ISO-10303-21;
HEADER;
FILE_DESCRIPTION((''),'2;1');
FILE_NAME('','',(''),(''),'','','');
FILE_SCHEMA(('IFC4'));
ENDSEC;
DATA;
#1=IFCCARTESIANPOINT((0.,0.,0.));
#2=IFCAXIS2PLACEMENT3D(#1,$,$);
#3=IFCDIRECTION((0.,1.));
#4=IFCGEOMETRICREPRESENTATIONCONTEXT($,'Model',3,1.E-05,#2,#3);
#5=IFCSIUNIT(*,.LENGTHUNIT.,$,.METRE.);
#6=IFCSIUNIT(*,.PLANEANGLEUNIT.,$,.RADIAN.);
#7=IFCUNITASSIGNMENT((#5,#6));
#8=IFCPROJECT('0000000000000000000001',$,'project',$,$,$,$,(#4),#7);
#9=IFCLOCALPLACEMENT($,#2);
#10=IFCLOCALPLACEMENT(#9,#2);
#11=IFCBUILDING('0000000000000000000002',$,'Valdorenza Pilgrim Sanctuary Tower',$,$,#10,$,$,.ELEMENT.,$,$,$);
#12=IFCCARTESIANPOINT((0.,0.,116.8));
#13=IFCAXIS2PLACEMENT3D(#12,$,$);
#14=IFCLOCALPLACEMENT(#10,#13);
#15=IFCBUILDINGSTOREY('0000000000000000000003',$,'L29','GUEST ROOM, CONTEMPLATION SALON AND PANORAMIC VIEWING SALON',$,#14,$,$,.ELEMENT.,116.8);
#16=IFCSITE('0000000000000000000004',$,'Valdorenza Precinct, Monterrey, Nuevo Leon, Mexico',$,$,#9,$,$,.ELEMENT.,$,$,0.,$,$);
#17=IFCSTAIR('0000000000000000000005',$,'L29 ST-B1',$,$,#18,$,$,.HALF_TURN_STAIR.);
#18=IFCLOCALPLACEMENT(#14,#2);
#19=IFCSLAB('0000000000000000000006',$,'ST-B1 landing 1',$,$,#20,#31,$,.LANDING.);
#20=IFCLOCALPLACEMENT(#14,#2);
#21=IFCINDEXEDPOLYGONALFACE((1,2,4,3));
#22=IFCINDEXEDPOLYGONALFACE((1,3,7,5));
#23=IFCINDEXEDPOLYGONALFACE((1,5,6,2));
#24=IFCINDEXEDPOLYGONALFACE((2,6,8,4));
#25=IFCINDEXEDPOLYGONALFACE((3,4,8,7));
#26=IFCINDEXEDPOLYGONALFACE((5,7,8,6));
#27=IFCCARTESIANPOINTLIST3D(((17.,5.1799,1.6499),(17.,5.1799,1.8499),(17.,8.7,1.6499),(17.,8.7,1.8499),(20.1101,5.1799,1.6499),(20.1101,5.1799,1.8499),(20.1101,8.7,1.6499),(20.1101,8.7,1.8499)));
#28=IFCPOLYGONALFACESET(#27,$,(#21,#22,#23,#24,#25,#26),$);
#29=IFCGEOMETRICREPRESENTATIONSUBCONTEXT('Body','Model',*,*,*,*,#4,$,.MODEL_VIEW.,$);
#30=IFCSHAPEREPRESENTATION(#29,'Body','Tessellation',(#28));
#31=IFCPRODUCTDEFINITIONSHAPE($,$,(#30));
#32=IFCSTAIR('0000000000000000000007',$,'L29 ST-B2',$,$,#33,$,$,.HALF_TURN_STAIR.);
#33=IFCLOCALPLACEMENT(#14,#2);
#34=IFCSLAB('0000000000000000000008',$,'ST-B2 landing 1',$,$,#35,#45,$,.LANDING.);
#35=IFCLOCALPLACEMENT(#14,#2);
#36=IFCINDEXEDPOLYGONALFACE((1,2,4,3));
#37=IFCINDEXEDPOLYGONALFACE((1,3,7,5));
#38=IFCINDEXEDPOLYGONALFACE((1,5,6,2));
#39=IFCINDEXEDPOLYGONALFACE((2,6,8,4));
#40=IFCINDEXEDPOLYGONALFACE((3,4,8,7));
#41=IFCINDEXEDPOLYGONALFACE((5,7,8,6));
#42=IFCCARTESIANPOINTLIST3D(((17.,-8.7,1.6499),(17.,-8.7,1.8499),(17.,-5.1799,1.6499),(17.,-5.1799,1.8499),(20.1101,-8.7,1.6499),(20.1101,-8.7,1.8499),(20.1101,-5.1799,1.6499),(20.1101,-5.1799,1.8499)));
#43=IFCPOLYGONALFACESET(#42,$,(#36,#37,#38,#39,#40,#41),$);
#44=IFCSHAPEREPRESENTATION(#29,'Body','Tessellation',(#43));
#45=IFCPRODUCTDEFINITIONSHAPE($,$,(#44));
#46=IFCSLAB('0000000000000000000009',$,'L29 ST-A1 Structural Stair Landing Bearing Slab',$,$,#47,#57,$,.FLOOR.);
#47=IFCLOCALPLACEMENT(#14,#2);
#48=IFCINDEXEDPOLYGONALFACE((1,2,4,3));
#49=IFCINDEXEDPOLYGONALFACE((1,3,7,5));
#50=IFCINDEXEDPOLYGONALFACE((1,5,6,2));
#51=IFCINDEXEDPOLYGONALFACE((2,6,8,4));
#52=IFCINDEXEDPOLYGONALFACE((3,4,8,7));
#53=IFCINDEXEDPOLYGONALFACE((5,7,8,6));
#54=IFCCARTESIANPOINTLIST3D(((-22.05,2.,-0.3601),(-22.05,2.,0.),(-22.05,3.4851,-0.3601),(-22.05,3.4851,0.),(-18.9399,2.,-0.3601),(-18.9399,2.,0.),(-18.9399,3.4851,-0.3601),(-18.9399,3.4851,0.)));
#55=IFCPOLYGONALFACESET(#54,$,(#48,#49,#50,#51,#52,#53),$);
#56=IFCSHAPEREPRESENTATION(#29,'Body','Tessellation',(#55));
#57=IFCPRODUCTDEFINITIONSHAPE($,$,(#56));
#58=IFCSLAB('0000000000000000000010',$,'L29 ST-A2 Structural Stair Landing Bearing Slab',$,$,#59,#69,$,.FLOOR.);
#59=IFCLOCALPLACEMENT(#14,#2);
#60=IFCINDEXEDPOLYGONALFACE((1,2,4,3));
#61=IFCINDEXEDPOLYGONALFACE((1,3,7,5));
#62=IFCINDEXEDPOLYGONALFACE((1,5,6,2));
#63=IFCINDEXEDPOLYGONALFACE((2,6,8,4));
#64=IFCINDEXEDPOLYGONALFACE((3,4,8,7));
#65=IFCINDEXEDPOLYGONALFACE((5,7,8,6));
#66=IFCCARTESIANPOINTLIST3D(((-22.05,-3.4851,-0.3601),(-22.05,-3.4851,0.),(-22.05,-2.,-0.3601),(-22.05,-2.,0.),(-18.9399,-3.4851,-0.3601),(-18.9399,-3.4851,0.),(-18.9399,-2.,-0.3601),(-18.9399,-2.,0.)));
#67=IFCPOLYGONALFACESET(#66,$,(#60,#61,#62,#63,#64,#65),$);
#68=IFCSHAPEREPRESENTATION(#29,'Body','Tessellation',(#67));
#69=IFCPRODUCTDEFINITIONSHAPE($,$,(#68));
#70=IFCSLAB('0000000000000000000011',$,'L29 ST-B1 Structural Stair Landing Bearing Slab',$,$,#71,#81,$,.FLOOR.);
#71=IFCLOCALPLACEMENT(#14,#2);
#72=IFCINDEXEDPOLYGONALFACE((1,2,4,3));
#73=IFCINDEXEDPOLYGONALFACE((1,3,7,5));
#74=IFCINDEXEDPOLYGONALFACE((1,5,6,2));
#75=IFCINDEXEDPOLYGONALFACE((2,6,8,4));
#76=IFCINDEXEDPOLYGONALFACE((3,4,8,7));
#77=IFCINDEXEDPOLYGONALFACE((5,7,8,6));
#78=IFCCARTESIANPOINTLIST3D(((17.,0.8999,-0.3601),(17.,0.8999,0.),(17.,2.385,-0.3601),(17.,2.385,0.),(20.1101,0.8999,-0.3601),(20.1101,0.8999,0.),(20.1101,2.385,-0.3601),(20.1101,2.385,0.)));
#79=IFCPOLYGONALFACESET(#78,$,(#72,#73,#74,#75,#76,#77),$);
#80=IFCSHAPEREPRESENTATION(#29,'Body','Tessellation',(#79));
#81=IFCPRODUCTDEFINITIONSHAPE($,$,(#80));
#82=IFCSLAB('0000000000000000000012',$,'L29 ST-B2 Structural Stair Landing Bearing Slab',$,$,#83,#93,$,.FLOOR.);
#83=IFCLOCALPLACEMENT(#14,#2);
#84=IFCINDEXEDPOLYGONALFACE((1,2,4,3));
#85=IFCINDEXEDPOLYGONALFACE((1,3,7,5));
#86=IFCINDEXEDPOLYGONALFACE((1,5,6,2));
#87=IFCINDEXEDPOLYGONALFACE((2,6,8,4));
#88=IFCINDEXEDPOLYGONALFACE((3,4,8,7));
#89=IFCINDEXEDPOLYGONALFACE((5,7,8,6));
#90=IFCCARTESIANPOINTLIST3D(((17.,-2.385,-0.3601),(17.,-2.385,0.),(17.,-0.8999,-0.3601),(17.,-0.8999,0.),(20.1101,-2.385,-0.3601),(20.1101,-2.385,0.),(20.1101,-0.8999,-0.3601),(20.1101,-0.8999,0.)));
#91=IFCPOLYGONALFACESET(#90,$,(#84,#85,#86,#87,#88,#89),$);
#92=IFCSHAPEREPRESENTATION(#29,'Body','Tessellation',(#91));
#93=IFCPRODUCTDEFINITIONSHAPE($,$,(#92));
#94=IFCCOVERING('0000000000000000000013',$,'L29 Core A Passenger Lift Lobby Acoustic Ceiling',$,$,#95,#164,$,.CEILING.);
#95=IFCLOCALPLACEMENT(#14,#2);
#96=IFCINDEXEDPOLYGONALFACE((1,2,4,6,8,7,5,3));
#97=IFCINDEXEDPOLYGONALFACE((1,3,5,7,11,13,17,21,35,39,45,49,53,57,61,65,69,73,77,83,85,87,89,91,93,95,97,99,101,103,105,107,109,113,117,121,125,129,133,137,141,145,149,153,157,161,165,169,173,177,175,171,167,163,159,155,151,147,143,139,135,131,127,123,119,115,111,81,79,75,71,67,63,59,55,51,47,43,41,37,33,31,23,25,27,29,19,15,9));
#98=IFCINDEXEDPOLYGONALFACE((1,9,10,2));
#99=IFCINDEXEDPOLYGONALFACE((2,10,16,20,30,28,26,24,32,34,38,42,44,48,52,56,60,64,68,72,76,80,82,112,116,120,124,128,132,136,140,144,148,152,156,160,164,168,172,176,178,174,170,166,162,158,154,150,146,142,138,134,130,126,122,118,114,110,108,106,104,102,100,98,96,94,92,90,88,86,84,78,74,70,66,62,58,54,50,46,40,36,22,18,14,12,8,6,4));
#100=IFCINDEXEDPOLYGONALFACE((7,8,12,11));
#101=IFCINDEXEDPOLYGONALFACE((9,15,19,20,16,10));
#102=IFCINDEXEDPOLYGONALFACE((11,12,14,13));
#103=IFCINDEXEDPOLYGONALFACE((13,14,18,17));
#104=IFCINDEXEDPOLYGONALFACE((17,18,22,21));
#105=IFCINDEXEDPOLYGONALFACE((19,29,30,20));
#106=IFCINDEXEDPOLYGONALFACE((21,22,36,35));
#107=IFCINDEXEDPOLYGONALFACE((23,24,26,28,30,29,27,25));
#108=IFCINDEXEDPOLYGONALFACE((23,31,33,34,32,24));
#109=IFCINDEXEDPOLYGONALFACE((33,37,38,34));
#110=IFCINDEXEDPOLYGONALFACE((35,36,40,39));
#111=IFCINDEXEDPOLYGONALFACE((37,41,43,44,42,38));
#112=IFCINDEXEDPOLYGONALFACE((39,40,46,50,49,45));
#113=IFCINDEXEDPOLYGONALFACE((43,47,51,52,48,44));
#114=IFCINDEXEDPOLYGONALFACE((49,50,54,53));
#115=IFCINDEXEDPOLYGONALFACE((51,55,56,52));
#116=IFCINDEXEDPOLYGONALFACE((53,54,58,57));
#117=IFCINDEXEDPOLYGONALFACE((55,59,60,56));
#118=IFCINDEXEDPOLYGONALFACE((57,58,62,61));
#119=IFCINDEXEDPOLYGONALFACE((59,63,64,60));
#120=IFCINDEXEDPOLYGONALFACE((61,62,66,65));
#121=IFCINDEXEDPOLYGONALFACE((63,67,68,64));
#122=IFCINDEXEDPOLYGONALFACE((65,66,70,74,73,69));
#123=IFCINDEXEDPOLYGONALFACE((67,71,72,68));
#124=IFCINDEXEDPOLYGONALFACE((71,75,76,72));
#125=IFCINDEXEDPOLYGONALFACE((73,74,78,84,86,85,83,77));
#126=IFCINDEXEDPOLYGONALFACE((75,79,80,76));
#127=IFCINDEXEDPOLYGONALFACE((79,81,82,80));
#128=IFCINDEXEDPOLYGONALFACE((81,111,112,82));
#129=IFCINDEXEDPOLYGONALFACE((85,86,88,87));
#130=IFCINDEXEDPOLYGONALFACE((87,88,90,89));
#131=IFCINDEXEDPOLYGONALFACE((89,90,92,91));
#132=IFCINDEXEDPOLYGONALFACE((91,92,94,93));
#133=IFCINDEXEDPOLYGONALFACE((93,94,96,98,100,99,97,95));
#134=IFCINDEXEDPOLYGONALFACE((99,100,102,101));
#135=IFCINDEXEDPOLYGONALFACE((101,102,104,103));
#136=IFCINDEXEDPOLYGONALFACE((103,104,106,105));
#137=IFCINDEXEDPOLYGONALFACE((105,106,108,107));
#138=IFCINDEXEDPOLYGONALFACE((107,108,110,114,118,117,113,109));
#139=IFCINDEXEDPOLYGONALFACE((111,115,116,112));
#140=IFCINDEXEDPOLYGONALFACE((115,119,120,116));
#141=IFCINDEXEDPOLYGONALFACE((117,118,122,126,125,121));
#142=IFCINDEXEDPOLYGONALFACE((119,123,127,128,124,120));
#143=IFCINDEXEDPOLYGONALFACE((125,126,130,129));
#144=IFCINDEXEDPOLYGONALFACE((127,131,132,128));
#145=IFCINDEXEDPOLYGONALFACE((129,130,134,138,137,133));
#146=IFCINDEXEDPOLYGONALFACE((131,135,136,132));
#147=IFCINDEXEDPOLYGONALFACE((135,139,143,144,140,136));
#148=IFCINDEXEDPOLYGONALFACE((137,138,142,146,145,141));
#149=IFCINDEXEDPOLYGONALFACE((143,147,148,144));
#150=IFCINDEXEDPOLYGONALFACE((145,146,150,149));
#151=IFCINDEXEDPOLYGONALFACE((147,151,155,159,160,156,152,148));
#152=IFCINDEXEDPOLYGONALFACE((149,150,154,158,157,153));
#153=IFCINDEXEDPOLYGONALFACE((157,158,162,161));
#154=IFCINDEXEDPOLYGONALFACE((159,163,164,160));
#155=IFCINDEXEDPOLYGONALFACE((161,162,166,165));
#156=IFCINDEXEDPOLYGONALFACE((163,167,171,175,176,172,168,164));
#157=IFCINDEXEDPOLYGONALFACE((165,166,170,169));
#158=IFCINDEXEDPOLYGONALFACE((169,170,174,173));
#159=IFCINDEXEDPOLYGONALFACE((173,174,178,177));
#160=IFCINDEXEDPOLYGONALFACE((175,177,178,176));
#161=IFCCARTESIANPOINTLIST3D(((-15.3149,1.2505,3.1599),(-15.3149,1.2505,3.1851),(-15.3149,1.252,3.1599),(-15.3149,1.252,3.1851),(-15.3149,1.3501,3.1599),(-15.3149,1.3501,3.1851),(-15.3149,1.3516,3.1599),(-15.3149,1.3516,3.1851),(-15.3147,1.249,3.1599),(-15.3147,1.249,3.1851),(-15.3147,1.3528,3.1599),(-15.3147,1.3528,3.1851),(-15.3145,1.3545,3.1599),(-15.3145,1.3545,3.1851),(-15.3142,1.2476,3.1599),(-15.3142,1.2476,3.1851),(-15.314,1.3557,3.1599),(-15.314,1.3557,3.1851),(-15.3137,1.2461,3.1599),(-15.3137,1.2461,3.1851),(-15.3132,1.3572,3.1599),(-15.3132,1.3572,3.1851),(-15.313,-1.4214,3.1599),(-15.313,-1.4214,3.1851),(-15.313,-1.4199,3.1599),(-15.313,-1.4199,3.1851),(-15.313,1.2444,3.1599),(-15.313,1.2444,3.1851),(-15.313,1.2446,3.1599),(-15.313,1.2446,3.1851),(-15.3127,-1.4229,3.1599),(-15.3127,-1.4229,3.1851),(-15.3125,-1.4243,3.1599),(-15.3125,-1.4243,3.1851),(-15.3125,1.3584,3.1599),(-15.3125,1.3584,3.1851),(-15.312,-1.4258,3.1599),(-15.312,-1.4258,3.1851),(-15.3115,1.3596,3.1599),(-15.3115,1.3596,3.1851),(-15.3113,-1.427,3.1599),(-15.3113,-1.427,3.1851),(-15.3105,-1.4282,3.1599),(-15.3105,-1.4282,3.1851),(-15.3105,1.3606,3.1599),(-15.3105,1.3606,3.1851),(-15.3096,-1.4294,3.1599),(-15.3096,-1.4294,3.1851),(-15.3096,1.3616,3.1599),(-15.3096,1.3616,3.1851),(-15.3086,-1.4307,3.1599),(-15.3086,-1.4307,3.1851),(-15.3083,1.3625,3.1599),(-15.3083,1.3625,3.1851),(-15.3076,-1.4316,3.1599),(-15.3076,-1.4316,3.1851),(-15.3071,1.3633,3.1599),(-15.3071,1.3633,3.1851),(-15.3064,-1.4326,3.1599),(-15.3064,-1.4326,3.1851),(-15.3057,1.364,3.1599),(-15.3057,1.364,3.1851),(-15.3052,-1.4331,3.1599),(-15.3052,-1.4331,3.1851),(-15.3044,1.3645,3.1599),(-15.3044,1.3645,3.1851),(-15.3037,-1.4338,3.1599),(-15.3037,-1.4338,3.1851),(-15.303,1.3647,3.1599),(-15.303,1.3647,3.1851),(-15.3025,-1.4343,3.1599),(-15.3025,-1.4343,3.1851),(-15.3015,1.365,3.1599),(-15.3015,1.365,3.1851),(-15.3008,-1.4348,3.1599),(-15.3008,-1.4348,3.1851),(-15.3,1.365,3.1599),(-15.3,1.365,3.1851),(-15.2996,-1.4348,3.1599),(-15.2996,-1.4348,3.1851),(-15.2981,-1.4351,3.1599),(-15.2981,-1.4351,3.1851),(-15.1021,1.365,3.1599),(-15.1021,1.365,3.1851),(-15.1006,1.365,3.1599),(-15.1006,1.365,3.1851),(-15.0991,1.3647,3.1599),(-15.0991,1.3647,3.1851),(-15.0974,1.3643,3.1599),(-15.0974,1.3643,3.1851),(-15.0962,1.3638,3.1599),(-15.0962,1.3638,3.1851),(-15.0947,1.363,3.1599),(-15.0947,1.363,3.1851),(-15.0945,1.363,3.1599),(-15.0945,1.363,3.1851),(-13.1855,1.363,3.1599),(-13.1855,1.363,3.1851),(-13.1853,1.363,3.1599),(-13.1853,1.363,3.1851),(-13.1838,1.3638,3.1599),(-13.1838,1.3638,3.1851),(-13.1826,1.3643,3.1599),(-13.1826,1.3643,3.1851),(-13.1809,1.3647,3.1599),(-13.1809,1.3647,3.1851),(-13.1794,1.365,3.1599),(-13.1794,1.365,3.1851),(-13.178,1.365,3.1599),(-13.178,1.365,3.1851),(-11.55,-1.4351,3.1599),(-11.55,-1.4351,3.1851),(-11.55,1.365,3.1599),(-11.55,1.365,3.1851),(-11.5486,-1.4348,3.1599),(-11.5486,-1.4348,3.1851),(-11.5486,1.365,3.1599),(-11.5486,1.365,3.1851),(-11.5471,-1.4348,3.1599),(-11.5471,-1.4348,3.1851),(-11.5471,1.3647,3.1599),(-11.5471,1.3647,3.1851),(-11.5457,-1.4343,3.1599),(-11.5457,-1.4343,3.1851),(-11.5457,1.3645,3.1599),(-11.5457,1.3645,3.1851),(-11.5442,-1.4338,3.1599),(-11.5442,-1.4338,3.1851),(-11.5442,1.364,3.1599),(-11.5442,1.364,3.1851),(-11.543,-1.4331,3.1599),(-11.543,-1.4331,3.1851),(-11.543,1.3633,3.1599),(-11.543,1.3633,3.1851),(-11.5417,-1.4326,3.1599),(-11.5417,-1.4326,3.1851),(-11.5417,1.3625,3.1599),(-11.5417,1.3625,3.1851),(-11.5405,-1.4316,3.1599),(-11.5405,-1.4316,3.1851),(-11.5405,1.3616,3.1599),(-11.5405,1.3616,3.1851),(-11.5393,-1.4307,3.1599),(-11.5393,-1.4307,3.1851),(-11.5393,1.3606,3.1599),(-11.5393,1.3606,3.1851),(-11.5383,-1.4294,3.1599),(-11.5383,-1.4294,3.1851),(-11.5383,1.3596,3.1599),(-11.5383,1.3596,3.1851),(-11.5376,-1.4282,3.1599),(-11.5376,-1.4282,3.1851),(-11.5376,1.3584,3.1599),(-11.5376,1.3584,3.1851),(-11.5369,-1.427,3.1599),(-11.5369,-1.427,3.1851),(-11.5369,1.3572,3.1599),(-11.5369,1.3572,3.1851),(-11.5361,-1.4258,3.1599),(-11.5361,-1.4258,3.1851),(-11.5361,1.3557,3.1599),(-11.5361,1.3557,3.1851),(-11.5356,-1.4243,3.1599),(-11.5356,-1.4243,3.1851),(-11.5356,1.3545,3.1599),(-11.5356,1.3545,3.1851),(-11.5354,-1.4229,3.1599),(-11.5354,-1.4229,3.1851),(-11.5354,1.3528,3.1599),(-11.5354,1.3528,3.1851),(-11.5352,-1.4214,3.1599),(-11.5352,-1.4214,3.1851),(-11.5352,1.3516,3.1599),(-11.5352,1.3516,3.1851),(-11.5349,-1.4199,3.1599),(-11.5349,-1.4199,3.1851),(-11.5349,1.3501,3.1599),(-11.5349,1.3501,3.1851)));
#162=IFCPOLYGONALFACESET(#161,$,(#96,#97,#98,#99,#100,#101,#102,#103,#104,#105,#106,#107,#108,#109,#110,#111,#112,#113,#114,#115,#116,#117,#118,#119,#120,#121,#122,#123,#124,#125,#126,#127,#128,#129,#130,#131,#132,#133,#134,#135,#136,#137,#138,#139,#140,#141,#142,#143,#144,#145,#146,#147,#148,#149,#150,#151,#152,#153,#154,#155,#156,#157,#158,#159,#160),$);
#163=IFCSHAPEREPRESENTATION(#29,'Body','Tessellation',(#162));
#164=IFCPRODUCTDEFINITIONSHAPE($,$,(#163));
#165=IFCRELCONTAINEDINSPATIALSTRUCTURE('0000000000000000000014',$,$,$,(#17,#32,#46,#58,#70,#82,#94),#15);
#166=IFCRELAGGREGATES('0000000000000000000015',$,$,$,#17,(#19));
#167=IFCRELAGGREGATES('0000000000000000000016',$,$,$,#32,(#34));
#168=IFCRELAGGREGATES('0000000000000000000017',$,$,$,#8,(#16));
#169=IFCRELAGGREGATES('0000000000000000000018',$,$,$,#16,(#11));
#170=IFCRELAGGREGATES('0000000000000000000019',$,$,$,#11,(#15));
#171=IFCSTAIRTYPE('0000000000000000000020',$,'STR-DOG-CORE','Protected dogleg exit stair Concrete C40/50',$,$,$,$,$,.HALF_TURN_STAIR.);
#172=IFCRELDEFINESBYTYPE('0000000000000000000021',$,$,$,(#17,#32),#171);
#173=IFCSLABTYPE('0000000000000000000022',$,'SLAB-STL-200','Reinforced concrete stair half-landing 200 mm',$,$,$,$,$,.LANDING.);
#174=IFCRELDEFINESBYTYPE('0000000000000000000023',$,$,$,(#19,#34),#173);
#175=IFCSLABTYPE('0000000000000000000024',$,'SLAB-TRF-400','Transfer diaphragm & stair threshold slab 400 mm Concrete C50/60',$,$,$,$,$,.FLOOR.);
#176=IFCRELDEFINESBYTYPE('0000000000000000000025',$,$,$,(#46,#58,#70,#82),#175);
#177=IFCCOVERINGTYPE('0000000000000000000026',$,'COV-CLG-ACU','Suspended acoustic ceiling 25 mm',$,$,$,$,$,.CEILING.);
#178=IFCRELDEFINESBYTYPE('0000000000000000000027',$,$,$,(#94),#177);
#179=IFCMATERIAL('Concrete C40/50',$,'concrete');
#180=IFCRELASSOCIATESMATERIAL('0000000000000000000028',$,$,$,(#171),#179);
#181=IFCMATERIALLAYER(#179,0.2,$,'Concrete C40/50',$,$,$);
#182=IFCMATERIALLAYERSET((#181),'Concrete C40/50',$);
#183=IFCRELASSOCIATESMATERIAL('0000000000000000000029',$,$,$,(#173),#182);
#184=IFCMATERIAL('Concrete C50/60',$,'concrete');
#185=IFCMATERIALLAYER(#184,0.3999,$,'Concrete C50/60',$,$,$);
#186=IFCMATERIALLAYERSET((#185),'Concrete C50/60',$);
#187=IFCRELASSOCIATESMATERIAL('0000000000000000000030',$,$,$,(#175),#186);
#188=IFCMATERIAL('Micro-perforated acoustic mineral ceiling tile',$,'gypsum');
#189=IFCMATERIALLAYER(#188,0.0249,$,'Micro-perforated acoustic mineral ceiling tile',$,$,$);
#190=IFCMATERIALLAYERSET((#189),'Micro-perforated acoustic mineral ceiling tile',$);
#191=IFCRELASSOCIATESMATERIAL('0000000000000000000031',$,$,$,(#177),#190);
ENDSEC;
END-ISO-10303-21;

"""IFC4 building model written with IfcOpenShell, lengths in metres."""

from ifc_helpers import new_model, si_unit, direction, frame, origin, place, context, subcontext, project, spatial, polyline, outline, extrude, material, layer, layer_set, type_object, element, aggregate, save


model = new_model("IFC4")

# Units and contexts
model_context = context("Model", 3, precision=1e-05, world=origin(), true_north=direction((0.0, 1.0)))
body_context = subcontext(model_context, "Body", "Model", "MODEL_VIEW")
ifc_project = project(units=[si_unit("LENGTHUNIT", "METRE"), si_unit("PLANEANGLEUNIT", "RADIAN")], contexts=[model_context])

# Site, building, storey
site_placement = place(None, origin())
site = spatial("IfcSite", under=ifc_project, at=site_placement, Name="Valdorenza Precinct, Monterrey, Nuevo Leon, Mexico", CompositionType="ELEMENT", RefElevation=0.0)
building_placement = place(site_placement, origin())
building = spatial("IfcBuilding", under=site, at=building_placement, Name="Valdorenza Pilgrim Sanctuary Tower", CompositionType="ELEMENT")
storey_placement = place(building_placement, frame((0.0, 0.0, 116.8)))
storey = spatial("IfcBuildingStorey", under=building, at=storey_placement, Name="L29", Description="GUEST ROOM, CONTEMPLATION SALON AND PANORAMIC VIEWING SALON", CompositionType="ELEMENT", Elevation=116.8)

# Shared definitions
ifc_material_1 = material(Name="Concrete C40/50", Category="concrete")

# Stairs, slabs
stair_type = type_object("IfcStairType", Name="STR-DOG-CORE", Description="Protected dogleg exit stair Concrete C40/50", PredefinedType="HALF_TURN_STAIR", material=ifc_material_1)
ifc_layer_1 = layer(ifc_material_1, 0.2, Name="Concrete C40/50")
ifc_layer_set_1 = layer_set([ifc_layer_1], Name="Concrete C40/50")
slab_type_1 = type_object("IfcSlabType", Name="SLAB-STL-200", Description="Reinforced concrete stair half-landing 200 mm", PredefinedType="LANDING", material=ifc_layer_set_1)
stair_1_placement = place(storey_placement, origin())
stair_1 = element("IfcStair", 1, at=stair_1_placement, inside=storey, type_object=stair_type, Name="L29 ST-B1", PredefinedType="HALF_TURN_STAIR")
slab_1_placement = place(storey_placement, frame((0.0, 0.0, 1.6499)))
slab_1 = element("IfcSlab", 2, at=slab_1_placement, type_object=slab_type_1, Name="ST-B1 landing 1", PredefinedType="LANDING", context=body_context, shape_type="SweptSolid", body=[
    extrude(outline(polyline([(20.1101, 5.1799), (20.1101, 8.7), (17.0, 8.7), (17.0, 5.1799), (20.1101, 5.1799)])), origin(), (0.0, 0.0, 1.0), 0.2),
])
aggregate(stair_1, [slab_1])
stair_2_placement = place(storey_placement, origin())
stair_2 = element("IfcStair", 3, at=stair_2_placement, inside=storey, type_object=stair_type, Name="L29 ST-B2", PredefinedType="HALF_TURN_STAIR")
slab_2_placement = place(storey_placement, frame((0.0, 0.0, 1.6499)))
slab_2 = element("IfcSlab", 4, at=slab_2_placement, type_object=slab_type_1, Name="ST-B2 landing 1", PredefinedType="LANDING", context=body_context, shape_type="SweptSolid", body=[
    extrude(outline(polyline([(17.0, -5.1799), (17.0, -8.7), (20.1101, -8.7), (20.1101, -5.1799), (17.0, -5.1799)])), origin(), (0.0, 0.0, 1.0), 0.2),
])
aggregate(stair_2, [slab_2])

# Slabs
ifc_material_2 = material(Name="Concrete C50/60", Category="concrete")
ifc_layer_2 = layer(ifc_material_2, 0.3999, Name="Concrete C50/60")
ifc_layer_set_2 = layer_set([ifc_layer_2], Name="Concrete C50/60")
slab_type_2 = type_object("IfcSlabType", Name="SLAB-TRF-400", Description="Transfer diaphragm & stair threshold slab 400 mm Concrete C50/60", PredefinedType="FLOOR", material=ifc_layer_set_2)
slab_3_placement = place(storey_placement, frame((0.0, 0.0, -0.3601)))
element("IfcSlab", 5, at=slab_3_placement, inside=storey, type_object=slab_type_2, Name="L29 ST-A1 Structural Stair Landing Bearing Slab", PredefinedType="FLOOR", context=body_context, shape_type="SweptSolid", body=[
    extrude(outline(polyline([(-22.05, 2.0), (-18.9399, 2.0), (-18.9399, 3.4851), (-22.05, 3.4851), (-22.05, 2.0)])), origin(), (0.0, 0.0, 1.0), 0.3601),
])
slab_4_placement = place(storey_placement, frame((0.0, 0.0, -0.3601)))
element("IfcSlab", 6, at=slab_4_placement, inside=storey, type_object=slab_type_2, Name="L29 ST-A2 Structural Stair Landing Bearing Slab", PredefinedType="FLOOR", context=body_context, shape_type="SweptSolid", body=[
    extrude(outline(polyline([(-22.05, -3.4851), (-18.9399, -3.4851), (-18.9399, -2.0), (-22.05, -2.0), (-22.05, -3.4851)])), origin(), (0.0, 0.0, 1.0), 0.3601),
])
slab_5_placement = place(storey_placement, frame((0.0, 0.0, -0.3601)))
element("IfcSlab", 7, at=slab_5_placement, inside=storey, type_object=slab_type_2, Name="L29 ST-B1 Structural Stair Landing Bearing Slab", PredefinedType="FLOOR", context=body_context, shape_type="SweptSolid", body=[
    extrude(outline(polyline([(17.0, 0.8999), (20.1101, 0.8999), (20.1101, 2.385), (17.0, 2.385), (17.0, 0.8999)])), origin(), (0.0, 0.0, 1.0), 0.3601),
])
slab_6_placement = place(storey_placement, frame((0.0, 0.0, -0.3601)))
element("IfcSlab", 8, at=slab_6_placement, inside=storey, type_object=slab_type_2, Name="L29 ST-B2 Structural Stair Landing Bearing Slab", PredefinedType="FLOOR", context=body_context, shape_type="SweptSolid", body=[
    extrude(outline(polyline([(17.0, -2.385), (20.1101, -2.385), (20.1101, -0.8999), (17.0, -0.8999), (17.0, -2.385)])), origin(), (0.0, 0.0, 1.0), 0.3601),
])

# Covering
ifc_material_3 = material(Name="Micro-perforated acoustic mineral ceiling tile", Category="gypsum")
ifc_layer_3 = layer(ifc_material_3, 0.0249, Name="Micro-perforated acoustic mineral ceiling tile")
ifc_layer_set_3 = layer_set([ifc_layer_3], Name="Micro-perforated acoustic mineral ceiling tile")
covering_type_1 = type_object("IfcCoveringType", Name="COV-CLG-ACU", Description="Suspended acoustic ceiling 25 mm", PredefinedType="CEILING", material=ifc_layer_set_3)
covering_1_placement = place(storey_placement, frame((0.0, 0.0, 3.1599)))
element("IfcCovering", 9, at=covering_1_placement, inside=storey, type_object=covering_type_1, Name="L29 Core A Passenger Lift Lobby Acoustic Ceiling", PredefinedType="CEILING", context=body_context, shape_type="SweptSolid", body=[
    extrude(outline(polyline([(-15.313, 1.2444), (-15.313, 1.2446), (-15.3137, 1.2461), (-15.3142, 1.2476), (-15.3147, 1.249), (-15.3149, 1.2505), (-15.3149, 1.252), (-15.3149, 1.3501), (-15.3149, 1.3516), (-15.3147, 1.3528), (-15.3145, 1.3545), (-15.314, 1.3557), (-15.3132, 1.3572), (-15.3125, 1.3584), (-15.3115, 1.3596), (-15.3105, 1.3606), (-15.3096, 1.3616), (-15.3083, 1.3625), (-15.3071, 1.3633), (-15.3057, 1.364), (-15.3044, 1.3645), (-15.303, 1.3647), (-15.3015, 1.365), (-15.3, 1.365), (-15.1021, 1.365), (-15.1006, 1.365), (-15.0991, 1.3647), (-15.0974, 1.3643), (-15.0962, 1.3638), (-15.0947, 1.363), (-15.0945, 1.363), (-13.1855, 1.363), (-13.1853, 1.363), (-13.1838, 1.3638), (-13.1826, 1.3643), (-13.1809, 1.3647), (-13.1794, 1.365), (-13.178, 1.365), (-11.55, 1.365), (-11.5486, 1.365), (-11.5471, 1.3647), (-11.5457, 1.3645), (-11.5442, 1.364), (-11.543, 1.3633), (-11.5417, 1.3625), (-11.5405, 1.3616), (-11.5393, 1.3606), (-11.5383, 1.3596), (-11.5376, 1.3584), (-11.5369, 1.3572), (-11.5361, 1.3557), (-11.5356, 1.3545), (-11.5354, 1.3528), (-11.5352, 1.3516), (-11.5349, 1.3501), (-11.5349, -1.4199), (-11.5352, -1.4214), (-11.5354, -1.4229), (-11.5356, -1.4243), (-11.5361, -1.4258), (-11.5369, -1.427), (-11.5376, -1.4282), (-11.5383, -1.4294), (-11.5393, -1.4307), (-11.5405, -1.4316), (-11.5417, -1.4326), (-11.543, -1.4331), (-11.5442, -1.4338), (-11.5457, -1.4343), (-11.5471, -1.4348), (-11.5486, -1.4348), (-11.55, -1.4351), (-15.2981, -1.4351), (-15.2996, -1.4348), (-15.3008, -1.4348), (-15.3025, -1.4343), (-15.3037, -1.4338), (-15.3052, -1.4331), (-15.3064, -1.4326), (-15.3076, -1.4316), (-15.3086, -1.4307), (-15.3096, -1.4294), (-15.3105, -1.4282), (-15.3113, -1.427), (-15.312, -1.4258), (-15.3125, -1.4243), (-15.3127, -1.4229), (-15.313, -1.4214), (-15.313, -1.4199), (-15.313, 1.2444)])), origin(), (0.0, 0.0, 1.0), 0.0251),
])

save(model, "model.ifc")
